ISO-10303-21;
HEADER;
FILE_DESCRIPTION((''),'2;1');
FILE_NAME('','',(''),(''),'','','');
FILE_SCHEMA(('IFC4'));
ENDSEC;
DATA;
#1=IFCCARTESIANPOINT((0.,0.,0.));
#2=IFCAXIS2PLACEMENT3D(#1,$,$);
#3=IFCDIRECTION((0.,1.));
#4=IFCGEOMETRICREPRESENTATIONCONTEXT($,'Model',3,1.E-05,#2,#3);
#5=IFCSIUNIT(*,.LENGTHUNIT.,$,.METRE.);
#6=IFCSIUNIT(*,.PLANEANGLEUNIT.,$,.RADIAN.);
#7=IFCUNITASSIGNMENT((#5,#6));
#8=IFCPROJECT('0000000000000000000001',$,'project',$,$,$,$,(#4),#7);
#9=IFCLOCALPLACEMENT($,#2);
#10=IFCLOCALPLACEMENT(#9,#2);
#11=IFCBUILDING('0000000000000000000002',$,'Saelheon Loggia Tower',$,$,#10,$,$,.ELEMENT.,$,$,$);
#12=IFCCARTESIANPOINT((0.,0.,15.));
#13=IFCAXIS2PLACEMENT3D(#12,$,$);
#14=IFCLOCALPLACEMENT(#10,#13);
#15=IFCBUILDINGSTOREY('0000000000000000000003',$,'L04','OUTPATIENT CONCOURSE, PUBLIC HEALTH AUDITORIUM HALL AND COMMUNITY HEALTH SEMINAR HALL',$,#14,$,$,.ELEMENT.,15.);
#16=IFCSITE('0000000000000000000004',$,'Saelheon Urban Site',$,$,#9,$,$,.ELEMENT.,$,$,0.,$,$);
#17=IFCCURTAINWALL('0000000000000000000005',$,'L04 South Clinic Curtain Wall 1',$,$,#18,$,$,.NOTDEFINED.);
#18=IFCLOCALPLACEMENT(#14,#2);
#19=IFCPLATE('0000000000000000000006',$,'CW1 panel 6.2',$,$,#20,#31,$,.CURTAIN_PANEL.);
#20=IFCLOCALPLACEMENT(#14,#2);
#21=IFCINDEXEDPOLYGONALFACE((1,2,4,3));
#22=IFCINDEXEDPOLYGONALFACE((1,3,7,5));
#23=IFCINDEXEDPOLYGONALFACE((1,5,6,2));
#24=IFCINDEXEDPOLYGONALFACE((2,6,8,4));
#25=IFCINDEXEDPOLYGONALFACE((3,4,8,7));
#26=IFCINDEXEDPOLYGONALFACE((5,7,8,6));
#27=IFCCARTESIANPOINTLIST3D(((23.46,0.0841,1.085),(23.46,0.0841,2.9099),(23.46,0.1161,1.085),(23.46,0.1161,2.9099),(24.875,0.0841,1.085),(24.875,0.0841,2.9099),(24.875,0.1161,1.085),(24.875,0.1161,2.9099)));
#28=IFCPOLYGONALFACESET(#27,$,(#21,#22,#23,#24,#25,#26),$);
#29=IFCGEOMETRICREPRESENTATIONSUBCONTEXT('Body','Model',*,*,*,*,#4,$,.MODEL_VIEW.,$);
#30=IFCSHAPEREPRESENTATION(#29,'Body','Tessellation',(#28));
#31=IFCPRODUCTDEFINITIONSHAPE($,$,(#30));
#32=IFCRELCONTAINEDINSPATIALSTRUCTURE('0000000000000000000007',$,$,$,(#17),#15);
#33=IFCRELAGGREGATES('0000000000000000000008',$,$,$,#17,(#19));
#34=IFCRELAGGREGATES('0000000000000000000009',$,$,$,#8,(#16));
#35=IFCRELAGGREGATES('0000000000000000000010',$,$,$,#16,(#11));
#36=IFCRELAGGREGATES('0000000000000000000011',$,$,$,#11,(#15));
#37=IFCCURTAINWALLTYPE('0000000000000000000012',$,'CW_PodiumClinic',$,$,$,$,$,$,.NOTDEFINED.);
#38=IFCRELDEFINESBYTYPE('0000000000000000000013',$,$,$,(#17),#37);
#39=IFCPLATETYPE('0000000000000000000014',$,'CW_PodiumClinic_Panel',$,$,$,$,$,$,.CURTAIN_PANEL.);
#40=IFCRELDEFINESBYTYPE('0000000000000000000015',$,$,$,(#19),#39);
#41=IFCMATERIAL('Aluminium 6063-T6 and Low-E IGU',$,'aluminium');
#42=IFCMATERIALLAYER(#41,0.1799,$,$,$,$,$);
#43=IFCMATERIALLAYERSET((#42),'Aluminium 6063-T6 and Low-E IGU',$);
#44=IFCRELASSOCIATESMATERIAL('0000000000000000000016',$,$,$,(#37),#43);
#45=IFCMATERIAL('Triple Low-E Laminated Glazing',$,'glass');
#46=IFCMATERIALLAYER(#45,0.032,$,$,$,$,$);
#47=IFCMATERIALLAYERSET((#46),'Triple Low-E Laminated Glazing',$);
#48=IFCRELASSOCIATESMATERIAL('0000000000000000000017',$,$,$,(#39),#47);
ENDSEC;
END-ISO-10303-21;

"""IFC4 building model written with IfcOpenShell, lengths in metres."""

from ifc_helpers import new_model, si_unit, direction, frame, origin, origin_2d, place, context, subcontext, project, spatial, rectangle, extrude, source, transform, mapped, material, layer, layer_set, type_object, element, aggregate, save


model = new_model("IFC4")

# Units and contexts
model_context = context("Model", 3, precision=1e-05, world=origin(), true_north=direction((0.0, 1.0)))
body_context = subcontext(model_context, "Body", "Model", "MODEL_VIEW")
ifc_project = project(units=[si_unit("LENGTHUNIT", "METRE"), si_unit("PLANEANGLEUNIT", "RADIAN")], contexts=[model_context])

# Site, building, storey
site_placement = place(None, origin())
site = spatial("IfcSite", under=ifc_project, at=site_placement, Name="Saelheon Urban Site", CompositionType="ELEMENT", RefElevation=0.0)
building_placement = place(site_placement, origin())
building = spatial("IfcBuilding", under=site, at=building_placement, Name="Saelheon Loggia Tower", CompositionType="ELEMENT")
storey_placement = place(building_placement, frame((0.0, 0.0, 15.0)))
storey = spatial("IfcBuildingStorey", under=building, at=storey_placement, Name="L04", Description="OUTPATIENT CONCOURSE, PUBLIC HEALTH AUDITORIUM HALL AND COMMUNITY HEALTH SEMINAR HALL", CompositionType="ELEMENT", Elevation=15.0)

# Curtain wall, plate
ifc_material_1 = material(Name="Aluminium 6063-T6 and Low-E IGU", Category="aluminium")
ifc_layer_1 = layer(ifc_material_1, 0.1799)
ifc_layer_set_1 = layer_set([ifc_layer_1], Name="Aluminium 6063-T6 and Low-E IGU")
curtain_wall_type = type_object("IfcCurtainWallType", Name="CW_PodiumClinic", PredefinedType="NOTDEFINED", material=ifc_layer_set_1)
curtain_wall_placement = place(storey_placement, origin())
curtain_wall = element("IfcCurtainWall", 1, at=curtain_wall_placement, inside=storey, type_object=curtain_wall_type, Name="L04 South Clinic Curtain Wall 1", PredefinedType="NOTDEFINED")
ifc_material_2 = material(Name="Triple Low-E Laminated Glazing", Category="glass")
ifc_layer_2 = layer(ifc_material_2, 0.032)
ifc_layer_set_2 = layer_set([ifc_layer_2], Name="Triple Low-E Laminated Glazing")
plate_type = type_object("IfcPlateType", Name="CW_PodiumClinic_Panel", PredefinedType="CURTAIN_PANEL", material=ifc_layer_set_2)
shared_shape_1 = source(origin(), body_context, "Body", "SweptSolid", [
    extrude(rectangle(XDim=1.415, YDim=0.032, at=origin_2d()), origin(), (0.0, 0.0, 1.0), 1.825),
])
plate_1_placement = place(storey_placement, frame((24.1675, 0.1001, 1.085), z_axis=(0.0, 0.0, 1.0), x_axis=(1.0, 0.0, 0.0)))
plate_1 = element("IfcPlate", 2, at=plate_1_placement, type_object=plate_type, Name="CW1 panel 6.2", PredefinedType="CURTAIN_PANEL", context=body_context, shape_type="MappedRepresentation", body=[
    mapped(shared_shape_1, transform((0.0, 0.0, 0.0), scale=1.0)),
])
aggregate(curtain_wall, [plate_1])

save(model, "model.ifc")
